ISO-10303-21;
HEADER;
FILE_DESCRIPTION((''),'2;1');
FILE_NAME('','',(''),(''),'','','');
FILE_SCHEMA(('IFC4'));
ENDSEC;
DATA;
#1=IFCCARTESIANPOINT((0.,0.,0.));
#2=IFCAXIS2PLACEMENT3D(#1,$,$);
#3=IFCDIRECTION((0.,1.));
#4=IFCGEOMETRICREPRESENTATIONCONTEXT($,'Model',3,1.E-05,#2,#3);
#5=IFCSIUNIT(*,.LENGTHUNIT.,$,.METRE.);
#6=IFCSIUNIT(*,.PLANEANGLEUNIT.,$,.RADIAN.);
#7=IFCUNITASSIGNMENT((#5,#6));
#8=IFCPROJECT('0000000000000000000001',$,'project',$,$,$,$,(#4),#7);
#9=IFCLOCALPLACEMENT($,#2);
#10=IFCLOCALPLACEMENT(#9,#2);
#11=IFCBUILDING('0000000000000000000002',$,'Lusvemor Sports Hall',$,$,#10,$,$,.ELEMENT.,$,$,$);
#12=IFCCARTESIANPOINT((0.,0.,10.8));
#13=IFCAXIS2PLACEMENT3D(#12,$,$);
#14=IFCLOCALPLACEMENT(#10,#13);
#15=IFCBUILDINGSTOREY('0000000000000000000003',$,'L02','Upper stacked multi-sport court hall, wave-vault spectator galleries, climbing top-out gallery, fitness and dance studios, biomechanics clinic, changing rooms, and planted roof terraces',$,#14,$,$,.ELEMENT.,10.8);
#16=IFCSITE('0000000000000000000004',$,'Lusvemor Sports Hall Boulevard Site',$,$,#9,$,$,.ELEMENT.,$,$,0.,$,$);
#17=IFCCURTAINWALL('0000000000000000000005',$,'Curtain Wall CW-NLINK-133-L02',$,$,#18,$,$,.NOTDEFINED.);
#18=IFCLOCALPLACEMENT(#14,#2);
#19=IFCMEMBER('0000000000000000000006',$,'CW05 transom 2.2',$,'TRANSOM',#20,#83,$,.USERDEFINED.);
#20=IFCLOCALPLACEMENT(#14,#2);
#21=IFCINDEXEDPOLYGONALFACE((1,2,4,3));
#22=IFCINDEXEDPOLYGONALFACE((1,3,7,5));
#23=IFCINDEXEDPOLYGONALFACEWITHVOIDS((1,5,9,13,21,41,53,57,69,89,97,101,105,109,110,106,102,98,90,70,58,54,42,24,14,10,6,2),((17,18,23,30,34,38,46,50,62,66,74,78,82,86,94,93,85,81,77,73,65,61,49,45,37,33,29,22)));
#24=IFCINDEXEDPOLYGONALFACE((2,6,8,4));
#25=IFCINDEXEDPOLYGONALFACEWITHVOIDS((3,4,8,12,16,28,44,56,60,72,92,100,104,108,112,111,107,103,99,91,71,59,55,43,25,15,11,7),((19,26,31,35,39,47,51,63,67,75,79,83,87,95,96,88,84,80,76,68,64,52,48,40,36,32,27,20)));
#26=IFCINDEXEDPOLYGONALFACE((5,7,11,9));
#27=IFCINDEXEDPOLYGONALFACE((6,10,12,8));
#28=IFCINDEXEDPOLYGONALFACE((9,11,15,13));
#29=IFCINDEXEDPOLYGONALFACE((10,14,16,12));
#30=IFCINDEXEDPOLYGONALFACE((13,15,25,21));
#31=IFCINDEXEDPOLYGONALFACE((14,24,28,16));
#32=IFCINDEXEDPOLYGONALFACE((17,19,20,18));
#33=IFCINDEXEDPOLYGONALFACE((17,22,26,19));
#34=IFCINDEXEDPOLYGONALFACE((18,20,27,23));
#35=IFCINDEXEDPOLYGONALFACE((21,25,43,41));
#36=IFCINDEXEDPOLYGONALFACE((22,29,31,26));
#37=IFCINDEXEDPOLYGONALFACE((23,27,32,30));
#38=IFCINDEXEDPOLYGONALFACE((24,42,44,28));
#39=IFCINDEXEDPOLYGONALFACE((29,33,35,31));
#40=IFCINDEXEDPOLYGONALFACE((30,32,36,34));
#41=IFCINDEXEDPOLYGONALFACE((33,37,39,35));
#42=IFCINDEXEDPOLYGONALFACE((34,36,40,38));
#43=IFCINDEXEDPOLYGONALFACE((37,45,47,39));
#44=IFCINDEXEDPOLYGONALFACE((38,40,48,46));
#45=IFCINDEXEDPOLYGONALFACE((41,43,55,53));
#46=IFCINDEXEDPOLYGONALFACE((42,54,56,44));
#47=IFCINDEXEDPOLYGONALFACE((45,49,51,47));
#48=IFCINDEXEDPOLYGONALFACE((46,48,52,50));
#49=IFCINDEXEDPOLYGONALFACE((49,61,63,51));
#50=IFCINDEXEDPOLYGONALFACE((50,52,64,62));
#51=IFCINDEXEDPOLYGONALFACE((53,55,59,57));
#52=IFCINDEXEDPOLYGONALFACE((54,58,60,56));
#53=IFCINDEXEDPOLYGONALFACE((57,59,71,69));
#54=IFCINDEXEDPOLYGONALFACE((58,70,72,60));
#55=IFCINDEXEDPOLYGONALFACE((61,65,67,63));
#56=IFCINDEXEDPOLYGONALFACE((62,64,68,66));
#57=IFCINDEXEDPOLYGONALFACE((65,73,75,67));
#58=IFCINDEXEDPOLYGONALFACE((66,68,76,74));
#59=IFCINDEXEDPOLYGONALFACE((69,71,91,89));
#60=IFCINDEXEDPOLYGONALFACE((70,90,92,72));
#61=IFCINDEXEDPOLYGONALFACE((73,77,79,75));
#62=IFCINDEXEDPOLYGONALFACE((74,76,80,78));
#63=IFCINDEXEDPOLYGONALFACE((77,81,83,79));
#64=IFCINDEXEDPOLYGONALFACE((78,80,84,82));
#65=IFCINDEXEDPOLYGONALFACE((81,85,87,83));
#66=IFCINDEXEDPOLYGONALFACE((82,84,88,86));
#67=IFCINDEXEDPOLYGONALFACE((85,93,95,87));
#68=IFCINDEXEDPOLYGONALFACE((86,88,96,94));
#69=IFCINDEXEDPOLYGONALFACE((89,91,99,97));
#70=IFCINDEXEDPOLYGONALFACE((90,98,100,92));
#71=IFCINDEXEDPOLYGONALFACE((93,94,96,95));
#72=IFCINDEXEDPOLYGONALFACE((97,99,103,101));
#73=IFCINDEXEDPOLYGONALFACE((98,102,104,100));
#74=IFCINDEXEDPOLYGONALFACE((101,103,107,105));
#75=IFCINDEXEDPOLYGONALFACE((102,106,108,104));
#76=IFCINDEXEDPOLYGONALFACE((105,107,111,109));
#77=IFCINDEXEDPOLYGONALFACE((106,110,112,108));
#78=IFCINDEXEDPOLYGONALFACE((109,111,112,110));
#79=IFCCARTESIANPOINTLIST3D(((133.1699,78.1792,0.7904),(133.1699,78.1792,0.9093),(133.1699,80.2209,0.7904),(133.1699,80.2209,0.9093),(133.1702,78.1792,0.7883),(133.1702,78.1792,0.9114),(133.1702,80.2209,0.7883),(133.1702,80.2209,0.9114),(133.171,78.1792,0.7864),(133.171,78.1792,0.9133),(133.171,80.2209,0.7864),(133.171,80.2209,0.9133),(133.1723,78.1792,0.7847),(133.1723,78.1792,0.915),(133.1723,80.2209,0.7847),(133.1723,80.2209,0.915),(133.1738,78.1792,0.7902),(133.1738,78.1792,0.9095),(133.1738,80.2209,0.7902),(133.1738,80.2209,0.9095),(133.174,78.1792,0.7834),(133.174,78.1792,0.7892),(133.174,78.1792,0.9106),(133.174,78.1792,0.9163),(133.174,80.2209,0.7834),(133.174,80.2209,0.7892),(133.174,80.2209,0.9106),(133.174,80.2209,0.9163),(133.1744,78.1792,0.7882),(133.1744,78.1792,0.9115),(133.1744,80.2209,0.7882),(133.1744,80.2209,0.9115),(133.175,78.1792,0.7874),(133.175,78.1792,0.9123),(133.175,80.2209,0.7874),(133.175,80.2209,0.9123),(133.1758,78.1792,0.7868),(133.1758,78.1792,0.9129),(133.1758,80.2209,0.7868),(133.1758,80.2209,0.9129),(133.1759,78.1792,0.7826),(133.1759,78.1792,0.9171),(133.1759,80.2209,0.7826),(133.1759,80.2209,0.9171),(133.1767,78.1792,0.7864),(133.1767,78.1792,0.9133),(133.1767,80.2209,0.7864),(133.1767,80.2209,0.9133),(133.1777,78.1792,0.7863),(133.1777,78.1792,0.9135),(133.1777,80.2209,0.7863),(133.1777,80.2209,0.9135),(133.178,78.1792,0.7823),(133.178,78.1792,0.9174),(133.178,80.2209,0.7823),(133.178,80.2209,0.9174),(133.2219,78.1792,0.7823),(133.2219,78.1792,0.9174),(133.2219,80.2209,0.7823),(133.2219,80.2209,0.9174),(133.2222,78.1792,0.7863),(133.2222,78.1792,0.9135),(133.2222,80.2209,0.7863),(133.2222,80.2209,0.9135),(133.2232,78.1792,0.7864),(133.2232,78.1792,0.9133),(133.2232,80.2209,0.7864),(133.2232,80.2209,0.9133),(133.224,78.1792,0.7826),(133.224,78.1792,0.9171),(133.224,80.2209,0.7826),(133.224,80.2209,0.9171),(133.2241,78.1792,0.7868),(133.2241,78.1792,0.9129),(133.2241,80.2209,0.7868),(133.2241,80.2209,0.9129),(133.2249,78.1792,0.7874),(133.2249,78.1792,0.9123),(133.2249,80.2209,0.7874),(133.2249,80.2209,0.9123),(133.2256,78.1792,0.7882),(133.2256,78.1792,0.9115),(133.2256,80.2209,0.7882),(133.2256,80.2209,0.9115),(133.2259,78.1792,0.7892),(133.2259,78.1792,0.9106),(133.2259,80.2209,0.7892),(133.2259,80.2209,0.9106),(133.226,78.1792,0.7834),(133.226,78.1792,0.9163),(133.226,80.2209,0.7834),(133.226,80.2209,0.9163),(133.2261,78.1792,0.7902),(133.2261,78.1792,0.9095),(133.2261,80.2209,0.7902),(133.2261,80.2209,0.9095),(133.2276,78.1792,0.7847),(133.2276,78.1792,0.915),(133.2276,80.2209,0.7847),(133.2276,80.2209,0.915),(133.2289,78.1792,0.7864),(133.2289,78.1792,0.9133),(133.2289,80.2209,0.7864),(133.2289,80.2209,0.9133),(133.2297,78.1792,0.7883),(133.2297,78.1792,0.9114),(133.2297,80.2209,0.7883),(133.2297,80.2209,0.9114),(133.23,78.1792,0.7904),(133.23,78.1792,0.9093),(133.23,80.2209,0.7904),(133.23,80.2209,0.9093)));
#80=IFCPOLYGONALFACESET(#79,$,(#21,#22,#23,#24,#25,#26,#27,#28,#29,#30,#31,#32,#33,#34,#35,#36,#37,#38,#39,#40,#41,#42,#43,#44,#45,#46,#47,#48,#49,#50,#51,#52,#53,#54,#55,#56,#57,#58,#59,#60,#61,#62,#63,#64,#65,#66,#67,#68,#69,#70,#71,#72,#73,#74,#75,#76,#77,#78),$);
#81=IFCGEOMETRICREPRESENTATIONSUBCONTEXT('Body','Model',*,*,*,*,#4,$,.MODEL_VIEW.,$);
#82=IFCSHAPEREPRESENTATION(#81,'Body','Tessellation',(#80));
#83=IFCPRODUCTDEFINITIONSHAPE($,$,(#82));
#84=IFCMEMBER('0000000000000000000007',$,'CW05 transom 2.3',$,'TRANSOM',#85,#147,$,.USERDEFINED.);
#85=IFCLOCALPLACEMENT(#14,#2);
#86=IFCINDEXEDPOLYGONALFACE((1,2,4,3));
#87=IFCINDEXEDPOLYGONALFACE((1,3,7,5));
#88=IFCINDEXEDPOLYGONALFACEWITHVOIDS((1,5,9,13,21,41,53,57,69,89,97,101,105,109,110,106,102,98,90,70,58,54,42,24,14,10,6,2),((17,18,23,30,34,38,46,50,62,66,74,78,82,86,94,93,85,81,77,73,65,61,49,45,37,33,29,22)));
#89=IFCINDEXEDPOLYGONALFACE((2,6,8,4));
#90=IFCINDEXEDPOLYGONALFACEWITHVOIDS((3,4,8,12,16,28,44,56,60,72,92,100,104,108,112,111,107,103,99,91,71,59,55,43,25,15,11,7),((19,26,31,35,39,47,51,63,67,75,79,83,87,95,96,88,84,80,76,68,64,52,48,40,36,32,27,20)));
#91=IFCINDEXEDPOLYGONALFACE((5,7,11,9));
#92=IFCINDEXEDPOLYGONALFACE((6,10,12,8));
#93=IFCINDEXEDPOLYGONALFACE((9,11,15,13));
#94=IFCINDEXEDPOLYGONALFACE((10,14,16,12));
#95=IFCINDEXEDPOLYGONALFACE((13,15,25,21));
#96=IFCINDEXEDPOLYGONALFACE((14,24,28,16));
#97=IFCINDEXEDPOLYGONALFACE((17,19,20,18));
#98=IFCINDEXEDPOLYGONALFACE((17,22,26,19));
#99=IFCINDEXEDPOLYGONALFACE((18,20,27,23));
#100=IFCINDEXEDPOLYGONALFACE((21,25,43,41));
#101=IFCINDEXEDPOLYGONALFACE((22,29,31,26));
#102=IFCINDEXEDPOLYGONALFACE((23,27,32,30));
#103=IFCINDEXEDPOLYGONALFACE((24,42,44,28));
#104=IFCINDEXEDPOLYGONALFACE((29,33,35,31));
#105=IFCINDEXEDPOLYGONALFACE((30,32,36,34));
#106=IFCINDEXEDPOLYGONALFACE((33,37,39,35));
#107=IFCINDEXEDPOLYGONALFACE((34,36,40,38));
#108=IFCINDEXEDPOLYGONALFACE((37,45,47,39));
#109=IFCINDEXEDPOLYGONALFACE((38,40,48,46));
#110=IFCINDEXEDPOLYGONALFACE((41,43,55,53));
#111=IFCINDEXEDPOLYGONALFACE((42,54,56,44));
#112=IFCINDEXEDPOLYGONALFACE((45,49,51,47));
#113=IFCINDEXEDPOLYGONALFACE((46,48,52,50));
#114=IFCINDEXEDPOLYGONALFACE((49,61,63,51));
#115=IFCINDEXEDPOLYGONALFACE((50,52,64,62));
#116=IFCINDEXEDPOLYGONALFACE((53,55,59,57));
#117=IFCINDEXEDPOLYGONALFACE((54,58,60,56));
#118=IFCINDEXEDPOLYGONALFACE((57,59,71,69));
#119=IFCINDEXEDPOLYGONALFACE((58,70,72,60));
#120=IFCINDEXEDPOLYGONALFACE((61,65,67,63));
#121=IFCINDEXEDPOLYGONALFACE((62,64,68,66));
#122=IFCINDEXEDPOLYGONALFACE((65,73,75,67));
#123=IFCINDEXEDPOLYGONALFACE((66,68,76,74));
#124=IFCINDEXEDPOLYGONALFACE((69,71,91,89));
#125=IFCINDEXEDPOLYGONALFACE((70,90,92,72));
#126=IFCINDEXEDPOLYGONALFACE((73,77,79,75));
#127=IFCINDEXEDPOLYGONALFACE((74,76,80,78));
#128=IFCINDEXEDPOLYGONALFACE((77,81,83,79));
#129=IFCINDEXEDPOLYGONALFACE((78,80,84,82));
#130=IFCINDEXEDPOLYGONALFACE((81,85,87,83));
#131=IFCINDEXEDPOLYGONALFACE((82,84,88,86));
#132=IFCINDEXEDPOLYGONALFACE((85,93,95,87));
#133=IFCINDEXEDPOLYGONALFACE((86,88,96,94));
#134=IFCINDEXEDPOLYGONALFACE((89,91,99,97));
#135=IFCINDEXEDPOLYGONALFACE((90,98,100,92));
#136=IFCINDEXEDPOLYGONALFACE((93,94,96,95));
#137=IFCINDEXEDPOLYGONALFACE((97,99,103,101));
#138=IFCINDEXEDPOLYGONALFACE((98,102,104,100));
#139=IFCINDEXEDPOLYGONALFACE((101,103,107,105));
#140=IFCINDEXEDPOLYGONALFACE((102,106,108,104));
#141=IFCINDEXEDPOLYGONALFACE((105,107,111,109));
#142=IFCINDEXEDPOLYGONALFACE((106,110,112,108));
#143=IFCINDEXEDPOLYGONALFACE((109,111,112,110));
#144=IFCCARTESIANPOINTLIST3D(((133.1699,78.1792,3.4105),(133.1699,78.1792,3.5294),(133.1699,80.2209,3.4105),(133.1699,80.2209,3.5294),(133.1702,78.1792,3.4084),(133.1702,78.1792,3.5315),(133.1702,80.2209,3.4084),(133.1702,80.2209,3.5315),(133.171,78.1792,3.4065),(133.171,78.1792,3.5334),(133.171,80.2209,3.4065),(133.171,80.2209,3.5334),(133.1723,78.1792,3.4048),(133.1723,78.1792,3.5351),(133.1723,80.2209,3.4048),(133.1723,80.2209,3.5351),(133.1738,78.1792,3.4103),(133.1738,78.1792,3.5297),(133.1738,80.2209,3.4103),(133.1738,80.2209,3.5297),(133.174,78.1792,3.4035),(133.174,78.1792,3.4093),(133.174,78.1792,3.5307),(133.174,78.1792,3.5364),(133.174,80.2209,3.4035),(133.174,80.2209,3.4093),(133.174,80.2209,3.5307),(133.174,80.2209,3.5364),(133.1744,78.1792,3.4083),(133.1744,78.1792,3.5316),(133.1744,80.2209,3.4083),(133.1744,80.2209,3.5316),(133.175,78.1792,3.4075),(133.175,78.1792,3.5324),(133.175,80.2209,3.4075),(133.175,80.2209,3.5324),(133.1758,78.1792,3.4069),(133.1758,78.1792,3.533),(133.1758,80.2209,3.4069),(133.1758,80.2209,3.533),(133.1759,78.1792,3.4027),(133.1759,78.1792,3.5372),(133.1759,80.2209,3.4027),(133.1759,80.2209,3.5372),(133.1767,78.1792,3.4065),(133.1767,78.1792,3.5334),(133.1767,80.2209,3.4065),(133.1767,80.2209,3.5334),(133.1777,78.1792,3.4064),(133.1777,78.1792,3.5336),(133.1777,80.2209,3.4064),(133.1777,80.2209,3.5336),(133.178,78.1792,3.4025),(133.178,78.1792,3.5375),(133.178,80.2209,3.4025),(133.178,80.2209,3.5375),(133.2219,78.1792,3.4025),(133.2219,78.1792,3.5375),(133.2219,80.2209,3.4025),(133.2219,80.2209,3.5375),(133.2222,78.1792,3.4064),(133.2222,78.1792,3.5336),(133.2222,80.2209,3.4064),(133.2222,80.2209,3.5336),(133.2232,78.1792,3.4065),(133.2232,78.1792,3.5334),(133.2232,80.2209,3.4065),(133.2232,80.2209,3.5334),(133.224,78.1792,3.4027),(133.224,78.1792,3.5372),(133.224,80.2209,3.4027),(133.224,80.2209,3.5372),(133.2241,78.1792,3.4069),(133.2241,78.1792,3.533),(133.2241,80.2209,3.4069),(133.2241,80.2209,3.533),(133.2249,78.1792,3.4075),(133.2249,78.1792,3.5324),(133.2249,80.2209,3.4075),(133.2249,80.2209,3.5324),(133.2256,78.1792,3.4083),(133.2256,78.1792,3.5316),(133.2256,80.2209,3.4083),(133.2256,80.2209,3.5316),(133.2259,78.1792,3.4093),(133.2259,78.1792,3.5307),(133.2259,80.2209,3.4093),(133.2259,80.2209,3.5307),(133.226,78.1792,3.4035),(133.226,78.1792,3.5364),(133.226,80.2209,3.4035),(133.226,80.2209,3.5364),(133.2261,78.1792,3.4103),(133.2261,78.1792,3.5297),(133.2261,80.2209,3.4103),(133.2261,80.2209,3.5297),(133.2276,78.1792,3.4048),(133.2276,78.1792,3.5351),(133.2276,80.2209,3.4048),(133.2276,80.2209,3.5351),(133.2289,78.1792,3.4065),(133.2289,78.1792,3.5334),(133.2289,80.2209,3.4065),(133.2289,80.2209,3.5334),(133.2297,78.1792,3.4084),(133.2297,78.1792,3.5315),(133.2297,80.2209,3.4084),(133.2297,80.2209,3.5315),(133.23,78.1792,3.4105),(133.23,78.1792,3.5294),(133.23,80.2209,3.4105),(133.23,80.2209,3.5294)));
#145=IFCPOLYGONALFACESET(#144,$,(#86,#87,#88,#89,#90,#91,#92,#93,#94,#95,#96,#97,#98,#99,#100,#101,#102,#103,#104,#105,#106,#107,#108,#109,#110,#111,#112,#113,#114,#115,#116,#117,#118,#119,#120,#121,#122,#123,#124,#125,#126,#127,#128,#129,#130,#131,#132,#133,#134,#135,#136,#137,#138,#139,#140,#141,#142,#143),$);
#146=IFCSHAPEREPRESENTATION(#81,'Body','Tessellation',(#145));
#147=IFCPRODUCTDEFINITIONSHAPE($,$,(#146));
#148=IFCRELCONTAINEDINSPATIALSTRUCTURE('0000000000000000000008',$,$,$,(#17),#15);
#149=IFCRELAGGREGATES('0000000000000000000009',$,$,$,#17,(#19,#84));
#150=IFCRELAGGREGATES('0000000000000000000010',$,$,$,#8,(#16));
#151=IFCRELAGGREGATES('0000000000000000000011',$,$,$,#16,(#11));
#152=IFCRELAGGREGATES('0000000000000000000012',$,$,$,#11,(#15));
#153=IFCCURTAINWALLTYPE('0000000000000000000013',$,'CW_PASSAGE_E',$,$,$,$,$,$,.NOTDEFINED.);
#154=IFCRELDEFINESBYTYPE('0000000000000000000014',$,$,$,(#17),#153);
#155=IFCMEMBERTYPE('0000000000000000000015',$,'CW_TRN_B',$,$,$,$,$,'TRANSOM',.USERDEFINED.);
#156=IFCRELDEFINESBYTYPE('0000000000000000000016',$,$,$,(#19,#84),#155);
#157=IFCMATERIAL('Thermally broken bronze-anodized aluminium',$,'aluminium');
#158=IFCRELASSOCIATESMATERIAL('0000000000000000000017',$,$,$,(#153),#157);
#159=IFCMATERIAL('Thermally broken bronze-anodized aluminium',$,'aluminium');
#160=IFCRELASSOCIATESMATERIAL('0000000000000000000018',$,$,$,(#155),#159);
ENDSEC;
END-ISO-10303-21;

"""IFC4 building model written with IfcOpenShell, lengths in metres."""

from ifc_helpers import new_model, si_unit, direction, frame, origin, origin_2d, place, context, subcontext, project, spatial, hollow_rectangle, extrude, material, material_profile, profile_set, type_object, element, aggregate, save


model = new_model("IFC4")

# Units and contexts
model_context = context("Model", 3, precision=1e-05, world=origin(), true_north=direction((0.0, 1.0)))
body_context = subcontext(model_context, "Body", "Model", "MODEL_VIEW")
ifc_project = project(units=[si_unit("LENGTHUNIT", "METRE"), si_unit("PLANEANGLEUNIT", "RADIAN")], contexts=[model_context])

# Site, building, storey
site_placement = place(None, origin())
site = spatial("IfcSite", under=ifc_project, at=site_placement, Name="Lusvemor Sports Hall Boulevard Site", CompositionType="ELEMENT", RefElevation=0.0)
building_placement = place(site_placement, origin())
building = spatial("IfcBuilding", under=site, at=building_placement, Name="Lusvemor Sports Hall", CompositionType="ELEMENT")
storey_placement = place(building_placement, frame((0.0, 0.0, 10.8)))
storey = spatial("IfcBuildingStorey", under=building, at=storey_placement, Name="L02", Description="Upper stacked multi-sport court hall, wave-vault spectator galleries, climbing top-out gallery, fitness and dance studios, biomechanics clinic, changing rooms, and planted roof terraces", CompositionType="ELEMENT", Elevation=10.8)

# Curtain wall
ifc_material_1 = material(Name="Thermally broken bronze-anodized aluminium", Category="aluminium")
curtain_wall_type_1 = type_object("IfcCurtainWallType", Name="CW_PASSAGE_E", PredefinedType="NOTDEFINED", material=ifc_material_1)
curtain_wall_1_placement = place(storey_placement, origin())
curtain_wall_1 = element("IfcCurtainWall", 1, at=curtain_wall_1_placement, inside=storey, type_object=curtain_wall_type_1, Name="Curtain Wall CW-NLINK-133-L02", PredefinedType="NOTDEFINED")

# Members
ifc_material_2 = material(Name="Thermally broken bronze-anodized aluminium", Category="aluminium")
ifc_material_profile_1 = material_profile(ifc_material_2, hollow_rectangle(XDim=0.0601, YDim=0.135, WallThickness=0.0039, InnerFilletRadius=0.0039, OuterFilletRadius=0.0081, at=origin_2d()), Name="CWTRN135x60x4")
ifc_profile_set_1 = profile_set([ifc_material_profile_1], Name="Thermally broken bronze-anodized aluminium")
member_type_1 = type_object("IfcMemberType", Name="CW_TRN_B", ElementType="TRANSOM", PredefinedType="USERDEFINED", material=ifc_profile_set_1)
member_1_placement = place(storey_placement, frame((133.2, 78.1792, 0.8499), z_axis=(0.0, 1.0, 0.0), x_axis=(-1.0, 0.0, 0.0)))
member_1 = element("IfcMember", 2, at=member_1_placement, type_object=member_type_1, Name="CW05 transom 2.2", ObjectType="TRANSOM", PredefinedType="USERDEFINED", context=body_context, shape_type="SweptSolid", body=[
    extrude(hollow_rectangle(XDim=0.0601, YDim=0.135, WallThickness=0.0039, InnerFilletRadius=0.0039, OuterFilletRadius=0.0081, at=origin_2d()), origin(), (0.0, 0.0, 1.0), 2.0417),
])
member_2_placement = place(storey_placement, frame((133.2, 78.1792, 3.47), z_axis=(0.0, 1.0, 0.0), x_axis=(-1.0, 0.0, 0.0)))
member_2 = element("IfcMember", 3, at=member_2_placement, type_object=member_type_1, Name="CW05 transom 2.3", ObjectType="TRANSOM", PredefinedType="USERDEFINED", context=body_context, shape_type="SweptSolid", body=[
    extrude(hollow_rectangle(XDim=0.0601, YDim=0.135, WallThickness=0.0039, InnerFilletRadius=0.0039, OuterFilletRadius=0.0081, at=origin_2d()), origin(), (0.0, 0.0, 1.0), 2.0417),
])

aggregate(curtain_wall_1, [member_1, member_2])

save(model, "model.ifc")
